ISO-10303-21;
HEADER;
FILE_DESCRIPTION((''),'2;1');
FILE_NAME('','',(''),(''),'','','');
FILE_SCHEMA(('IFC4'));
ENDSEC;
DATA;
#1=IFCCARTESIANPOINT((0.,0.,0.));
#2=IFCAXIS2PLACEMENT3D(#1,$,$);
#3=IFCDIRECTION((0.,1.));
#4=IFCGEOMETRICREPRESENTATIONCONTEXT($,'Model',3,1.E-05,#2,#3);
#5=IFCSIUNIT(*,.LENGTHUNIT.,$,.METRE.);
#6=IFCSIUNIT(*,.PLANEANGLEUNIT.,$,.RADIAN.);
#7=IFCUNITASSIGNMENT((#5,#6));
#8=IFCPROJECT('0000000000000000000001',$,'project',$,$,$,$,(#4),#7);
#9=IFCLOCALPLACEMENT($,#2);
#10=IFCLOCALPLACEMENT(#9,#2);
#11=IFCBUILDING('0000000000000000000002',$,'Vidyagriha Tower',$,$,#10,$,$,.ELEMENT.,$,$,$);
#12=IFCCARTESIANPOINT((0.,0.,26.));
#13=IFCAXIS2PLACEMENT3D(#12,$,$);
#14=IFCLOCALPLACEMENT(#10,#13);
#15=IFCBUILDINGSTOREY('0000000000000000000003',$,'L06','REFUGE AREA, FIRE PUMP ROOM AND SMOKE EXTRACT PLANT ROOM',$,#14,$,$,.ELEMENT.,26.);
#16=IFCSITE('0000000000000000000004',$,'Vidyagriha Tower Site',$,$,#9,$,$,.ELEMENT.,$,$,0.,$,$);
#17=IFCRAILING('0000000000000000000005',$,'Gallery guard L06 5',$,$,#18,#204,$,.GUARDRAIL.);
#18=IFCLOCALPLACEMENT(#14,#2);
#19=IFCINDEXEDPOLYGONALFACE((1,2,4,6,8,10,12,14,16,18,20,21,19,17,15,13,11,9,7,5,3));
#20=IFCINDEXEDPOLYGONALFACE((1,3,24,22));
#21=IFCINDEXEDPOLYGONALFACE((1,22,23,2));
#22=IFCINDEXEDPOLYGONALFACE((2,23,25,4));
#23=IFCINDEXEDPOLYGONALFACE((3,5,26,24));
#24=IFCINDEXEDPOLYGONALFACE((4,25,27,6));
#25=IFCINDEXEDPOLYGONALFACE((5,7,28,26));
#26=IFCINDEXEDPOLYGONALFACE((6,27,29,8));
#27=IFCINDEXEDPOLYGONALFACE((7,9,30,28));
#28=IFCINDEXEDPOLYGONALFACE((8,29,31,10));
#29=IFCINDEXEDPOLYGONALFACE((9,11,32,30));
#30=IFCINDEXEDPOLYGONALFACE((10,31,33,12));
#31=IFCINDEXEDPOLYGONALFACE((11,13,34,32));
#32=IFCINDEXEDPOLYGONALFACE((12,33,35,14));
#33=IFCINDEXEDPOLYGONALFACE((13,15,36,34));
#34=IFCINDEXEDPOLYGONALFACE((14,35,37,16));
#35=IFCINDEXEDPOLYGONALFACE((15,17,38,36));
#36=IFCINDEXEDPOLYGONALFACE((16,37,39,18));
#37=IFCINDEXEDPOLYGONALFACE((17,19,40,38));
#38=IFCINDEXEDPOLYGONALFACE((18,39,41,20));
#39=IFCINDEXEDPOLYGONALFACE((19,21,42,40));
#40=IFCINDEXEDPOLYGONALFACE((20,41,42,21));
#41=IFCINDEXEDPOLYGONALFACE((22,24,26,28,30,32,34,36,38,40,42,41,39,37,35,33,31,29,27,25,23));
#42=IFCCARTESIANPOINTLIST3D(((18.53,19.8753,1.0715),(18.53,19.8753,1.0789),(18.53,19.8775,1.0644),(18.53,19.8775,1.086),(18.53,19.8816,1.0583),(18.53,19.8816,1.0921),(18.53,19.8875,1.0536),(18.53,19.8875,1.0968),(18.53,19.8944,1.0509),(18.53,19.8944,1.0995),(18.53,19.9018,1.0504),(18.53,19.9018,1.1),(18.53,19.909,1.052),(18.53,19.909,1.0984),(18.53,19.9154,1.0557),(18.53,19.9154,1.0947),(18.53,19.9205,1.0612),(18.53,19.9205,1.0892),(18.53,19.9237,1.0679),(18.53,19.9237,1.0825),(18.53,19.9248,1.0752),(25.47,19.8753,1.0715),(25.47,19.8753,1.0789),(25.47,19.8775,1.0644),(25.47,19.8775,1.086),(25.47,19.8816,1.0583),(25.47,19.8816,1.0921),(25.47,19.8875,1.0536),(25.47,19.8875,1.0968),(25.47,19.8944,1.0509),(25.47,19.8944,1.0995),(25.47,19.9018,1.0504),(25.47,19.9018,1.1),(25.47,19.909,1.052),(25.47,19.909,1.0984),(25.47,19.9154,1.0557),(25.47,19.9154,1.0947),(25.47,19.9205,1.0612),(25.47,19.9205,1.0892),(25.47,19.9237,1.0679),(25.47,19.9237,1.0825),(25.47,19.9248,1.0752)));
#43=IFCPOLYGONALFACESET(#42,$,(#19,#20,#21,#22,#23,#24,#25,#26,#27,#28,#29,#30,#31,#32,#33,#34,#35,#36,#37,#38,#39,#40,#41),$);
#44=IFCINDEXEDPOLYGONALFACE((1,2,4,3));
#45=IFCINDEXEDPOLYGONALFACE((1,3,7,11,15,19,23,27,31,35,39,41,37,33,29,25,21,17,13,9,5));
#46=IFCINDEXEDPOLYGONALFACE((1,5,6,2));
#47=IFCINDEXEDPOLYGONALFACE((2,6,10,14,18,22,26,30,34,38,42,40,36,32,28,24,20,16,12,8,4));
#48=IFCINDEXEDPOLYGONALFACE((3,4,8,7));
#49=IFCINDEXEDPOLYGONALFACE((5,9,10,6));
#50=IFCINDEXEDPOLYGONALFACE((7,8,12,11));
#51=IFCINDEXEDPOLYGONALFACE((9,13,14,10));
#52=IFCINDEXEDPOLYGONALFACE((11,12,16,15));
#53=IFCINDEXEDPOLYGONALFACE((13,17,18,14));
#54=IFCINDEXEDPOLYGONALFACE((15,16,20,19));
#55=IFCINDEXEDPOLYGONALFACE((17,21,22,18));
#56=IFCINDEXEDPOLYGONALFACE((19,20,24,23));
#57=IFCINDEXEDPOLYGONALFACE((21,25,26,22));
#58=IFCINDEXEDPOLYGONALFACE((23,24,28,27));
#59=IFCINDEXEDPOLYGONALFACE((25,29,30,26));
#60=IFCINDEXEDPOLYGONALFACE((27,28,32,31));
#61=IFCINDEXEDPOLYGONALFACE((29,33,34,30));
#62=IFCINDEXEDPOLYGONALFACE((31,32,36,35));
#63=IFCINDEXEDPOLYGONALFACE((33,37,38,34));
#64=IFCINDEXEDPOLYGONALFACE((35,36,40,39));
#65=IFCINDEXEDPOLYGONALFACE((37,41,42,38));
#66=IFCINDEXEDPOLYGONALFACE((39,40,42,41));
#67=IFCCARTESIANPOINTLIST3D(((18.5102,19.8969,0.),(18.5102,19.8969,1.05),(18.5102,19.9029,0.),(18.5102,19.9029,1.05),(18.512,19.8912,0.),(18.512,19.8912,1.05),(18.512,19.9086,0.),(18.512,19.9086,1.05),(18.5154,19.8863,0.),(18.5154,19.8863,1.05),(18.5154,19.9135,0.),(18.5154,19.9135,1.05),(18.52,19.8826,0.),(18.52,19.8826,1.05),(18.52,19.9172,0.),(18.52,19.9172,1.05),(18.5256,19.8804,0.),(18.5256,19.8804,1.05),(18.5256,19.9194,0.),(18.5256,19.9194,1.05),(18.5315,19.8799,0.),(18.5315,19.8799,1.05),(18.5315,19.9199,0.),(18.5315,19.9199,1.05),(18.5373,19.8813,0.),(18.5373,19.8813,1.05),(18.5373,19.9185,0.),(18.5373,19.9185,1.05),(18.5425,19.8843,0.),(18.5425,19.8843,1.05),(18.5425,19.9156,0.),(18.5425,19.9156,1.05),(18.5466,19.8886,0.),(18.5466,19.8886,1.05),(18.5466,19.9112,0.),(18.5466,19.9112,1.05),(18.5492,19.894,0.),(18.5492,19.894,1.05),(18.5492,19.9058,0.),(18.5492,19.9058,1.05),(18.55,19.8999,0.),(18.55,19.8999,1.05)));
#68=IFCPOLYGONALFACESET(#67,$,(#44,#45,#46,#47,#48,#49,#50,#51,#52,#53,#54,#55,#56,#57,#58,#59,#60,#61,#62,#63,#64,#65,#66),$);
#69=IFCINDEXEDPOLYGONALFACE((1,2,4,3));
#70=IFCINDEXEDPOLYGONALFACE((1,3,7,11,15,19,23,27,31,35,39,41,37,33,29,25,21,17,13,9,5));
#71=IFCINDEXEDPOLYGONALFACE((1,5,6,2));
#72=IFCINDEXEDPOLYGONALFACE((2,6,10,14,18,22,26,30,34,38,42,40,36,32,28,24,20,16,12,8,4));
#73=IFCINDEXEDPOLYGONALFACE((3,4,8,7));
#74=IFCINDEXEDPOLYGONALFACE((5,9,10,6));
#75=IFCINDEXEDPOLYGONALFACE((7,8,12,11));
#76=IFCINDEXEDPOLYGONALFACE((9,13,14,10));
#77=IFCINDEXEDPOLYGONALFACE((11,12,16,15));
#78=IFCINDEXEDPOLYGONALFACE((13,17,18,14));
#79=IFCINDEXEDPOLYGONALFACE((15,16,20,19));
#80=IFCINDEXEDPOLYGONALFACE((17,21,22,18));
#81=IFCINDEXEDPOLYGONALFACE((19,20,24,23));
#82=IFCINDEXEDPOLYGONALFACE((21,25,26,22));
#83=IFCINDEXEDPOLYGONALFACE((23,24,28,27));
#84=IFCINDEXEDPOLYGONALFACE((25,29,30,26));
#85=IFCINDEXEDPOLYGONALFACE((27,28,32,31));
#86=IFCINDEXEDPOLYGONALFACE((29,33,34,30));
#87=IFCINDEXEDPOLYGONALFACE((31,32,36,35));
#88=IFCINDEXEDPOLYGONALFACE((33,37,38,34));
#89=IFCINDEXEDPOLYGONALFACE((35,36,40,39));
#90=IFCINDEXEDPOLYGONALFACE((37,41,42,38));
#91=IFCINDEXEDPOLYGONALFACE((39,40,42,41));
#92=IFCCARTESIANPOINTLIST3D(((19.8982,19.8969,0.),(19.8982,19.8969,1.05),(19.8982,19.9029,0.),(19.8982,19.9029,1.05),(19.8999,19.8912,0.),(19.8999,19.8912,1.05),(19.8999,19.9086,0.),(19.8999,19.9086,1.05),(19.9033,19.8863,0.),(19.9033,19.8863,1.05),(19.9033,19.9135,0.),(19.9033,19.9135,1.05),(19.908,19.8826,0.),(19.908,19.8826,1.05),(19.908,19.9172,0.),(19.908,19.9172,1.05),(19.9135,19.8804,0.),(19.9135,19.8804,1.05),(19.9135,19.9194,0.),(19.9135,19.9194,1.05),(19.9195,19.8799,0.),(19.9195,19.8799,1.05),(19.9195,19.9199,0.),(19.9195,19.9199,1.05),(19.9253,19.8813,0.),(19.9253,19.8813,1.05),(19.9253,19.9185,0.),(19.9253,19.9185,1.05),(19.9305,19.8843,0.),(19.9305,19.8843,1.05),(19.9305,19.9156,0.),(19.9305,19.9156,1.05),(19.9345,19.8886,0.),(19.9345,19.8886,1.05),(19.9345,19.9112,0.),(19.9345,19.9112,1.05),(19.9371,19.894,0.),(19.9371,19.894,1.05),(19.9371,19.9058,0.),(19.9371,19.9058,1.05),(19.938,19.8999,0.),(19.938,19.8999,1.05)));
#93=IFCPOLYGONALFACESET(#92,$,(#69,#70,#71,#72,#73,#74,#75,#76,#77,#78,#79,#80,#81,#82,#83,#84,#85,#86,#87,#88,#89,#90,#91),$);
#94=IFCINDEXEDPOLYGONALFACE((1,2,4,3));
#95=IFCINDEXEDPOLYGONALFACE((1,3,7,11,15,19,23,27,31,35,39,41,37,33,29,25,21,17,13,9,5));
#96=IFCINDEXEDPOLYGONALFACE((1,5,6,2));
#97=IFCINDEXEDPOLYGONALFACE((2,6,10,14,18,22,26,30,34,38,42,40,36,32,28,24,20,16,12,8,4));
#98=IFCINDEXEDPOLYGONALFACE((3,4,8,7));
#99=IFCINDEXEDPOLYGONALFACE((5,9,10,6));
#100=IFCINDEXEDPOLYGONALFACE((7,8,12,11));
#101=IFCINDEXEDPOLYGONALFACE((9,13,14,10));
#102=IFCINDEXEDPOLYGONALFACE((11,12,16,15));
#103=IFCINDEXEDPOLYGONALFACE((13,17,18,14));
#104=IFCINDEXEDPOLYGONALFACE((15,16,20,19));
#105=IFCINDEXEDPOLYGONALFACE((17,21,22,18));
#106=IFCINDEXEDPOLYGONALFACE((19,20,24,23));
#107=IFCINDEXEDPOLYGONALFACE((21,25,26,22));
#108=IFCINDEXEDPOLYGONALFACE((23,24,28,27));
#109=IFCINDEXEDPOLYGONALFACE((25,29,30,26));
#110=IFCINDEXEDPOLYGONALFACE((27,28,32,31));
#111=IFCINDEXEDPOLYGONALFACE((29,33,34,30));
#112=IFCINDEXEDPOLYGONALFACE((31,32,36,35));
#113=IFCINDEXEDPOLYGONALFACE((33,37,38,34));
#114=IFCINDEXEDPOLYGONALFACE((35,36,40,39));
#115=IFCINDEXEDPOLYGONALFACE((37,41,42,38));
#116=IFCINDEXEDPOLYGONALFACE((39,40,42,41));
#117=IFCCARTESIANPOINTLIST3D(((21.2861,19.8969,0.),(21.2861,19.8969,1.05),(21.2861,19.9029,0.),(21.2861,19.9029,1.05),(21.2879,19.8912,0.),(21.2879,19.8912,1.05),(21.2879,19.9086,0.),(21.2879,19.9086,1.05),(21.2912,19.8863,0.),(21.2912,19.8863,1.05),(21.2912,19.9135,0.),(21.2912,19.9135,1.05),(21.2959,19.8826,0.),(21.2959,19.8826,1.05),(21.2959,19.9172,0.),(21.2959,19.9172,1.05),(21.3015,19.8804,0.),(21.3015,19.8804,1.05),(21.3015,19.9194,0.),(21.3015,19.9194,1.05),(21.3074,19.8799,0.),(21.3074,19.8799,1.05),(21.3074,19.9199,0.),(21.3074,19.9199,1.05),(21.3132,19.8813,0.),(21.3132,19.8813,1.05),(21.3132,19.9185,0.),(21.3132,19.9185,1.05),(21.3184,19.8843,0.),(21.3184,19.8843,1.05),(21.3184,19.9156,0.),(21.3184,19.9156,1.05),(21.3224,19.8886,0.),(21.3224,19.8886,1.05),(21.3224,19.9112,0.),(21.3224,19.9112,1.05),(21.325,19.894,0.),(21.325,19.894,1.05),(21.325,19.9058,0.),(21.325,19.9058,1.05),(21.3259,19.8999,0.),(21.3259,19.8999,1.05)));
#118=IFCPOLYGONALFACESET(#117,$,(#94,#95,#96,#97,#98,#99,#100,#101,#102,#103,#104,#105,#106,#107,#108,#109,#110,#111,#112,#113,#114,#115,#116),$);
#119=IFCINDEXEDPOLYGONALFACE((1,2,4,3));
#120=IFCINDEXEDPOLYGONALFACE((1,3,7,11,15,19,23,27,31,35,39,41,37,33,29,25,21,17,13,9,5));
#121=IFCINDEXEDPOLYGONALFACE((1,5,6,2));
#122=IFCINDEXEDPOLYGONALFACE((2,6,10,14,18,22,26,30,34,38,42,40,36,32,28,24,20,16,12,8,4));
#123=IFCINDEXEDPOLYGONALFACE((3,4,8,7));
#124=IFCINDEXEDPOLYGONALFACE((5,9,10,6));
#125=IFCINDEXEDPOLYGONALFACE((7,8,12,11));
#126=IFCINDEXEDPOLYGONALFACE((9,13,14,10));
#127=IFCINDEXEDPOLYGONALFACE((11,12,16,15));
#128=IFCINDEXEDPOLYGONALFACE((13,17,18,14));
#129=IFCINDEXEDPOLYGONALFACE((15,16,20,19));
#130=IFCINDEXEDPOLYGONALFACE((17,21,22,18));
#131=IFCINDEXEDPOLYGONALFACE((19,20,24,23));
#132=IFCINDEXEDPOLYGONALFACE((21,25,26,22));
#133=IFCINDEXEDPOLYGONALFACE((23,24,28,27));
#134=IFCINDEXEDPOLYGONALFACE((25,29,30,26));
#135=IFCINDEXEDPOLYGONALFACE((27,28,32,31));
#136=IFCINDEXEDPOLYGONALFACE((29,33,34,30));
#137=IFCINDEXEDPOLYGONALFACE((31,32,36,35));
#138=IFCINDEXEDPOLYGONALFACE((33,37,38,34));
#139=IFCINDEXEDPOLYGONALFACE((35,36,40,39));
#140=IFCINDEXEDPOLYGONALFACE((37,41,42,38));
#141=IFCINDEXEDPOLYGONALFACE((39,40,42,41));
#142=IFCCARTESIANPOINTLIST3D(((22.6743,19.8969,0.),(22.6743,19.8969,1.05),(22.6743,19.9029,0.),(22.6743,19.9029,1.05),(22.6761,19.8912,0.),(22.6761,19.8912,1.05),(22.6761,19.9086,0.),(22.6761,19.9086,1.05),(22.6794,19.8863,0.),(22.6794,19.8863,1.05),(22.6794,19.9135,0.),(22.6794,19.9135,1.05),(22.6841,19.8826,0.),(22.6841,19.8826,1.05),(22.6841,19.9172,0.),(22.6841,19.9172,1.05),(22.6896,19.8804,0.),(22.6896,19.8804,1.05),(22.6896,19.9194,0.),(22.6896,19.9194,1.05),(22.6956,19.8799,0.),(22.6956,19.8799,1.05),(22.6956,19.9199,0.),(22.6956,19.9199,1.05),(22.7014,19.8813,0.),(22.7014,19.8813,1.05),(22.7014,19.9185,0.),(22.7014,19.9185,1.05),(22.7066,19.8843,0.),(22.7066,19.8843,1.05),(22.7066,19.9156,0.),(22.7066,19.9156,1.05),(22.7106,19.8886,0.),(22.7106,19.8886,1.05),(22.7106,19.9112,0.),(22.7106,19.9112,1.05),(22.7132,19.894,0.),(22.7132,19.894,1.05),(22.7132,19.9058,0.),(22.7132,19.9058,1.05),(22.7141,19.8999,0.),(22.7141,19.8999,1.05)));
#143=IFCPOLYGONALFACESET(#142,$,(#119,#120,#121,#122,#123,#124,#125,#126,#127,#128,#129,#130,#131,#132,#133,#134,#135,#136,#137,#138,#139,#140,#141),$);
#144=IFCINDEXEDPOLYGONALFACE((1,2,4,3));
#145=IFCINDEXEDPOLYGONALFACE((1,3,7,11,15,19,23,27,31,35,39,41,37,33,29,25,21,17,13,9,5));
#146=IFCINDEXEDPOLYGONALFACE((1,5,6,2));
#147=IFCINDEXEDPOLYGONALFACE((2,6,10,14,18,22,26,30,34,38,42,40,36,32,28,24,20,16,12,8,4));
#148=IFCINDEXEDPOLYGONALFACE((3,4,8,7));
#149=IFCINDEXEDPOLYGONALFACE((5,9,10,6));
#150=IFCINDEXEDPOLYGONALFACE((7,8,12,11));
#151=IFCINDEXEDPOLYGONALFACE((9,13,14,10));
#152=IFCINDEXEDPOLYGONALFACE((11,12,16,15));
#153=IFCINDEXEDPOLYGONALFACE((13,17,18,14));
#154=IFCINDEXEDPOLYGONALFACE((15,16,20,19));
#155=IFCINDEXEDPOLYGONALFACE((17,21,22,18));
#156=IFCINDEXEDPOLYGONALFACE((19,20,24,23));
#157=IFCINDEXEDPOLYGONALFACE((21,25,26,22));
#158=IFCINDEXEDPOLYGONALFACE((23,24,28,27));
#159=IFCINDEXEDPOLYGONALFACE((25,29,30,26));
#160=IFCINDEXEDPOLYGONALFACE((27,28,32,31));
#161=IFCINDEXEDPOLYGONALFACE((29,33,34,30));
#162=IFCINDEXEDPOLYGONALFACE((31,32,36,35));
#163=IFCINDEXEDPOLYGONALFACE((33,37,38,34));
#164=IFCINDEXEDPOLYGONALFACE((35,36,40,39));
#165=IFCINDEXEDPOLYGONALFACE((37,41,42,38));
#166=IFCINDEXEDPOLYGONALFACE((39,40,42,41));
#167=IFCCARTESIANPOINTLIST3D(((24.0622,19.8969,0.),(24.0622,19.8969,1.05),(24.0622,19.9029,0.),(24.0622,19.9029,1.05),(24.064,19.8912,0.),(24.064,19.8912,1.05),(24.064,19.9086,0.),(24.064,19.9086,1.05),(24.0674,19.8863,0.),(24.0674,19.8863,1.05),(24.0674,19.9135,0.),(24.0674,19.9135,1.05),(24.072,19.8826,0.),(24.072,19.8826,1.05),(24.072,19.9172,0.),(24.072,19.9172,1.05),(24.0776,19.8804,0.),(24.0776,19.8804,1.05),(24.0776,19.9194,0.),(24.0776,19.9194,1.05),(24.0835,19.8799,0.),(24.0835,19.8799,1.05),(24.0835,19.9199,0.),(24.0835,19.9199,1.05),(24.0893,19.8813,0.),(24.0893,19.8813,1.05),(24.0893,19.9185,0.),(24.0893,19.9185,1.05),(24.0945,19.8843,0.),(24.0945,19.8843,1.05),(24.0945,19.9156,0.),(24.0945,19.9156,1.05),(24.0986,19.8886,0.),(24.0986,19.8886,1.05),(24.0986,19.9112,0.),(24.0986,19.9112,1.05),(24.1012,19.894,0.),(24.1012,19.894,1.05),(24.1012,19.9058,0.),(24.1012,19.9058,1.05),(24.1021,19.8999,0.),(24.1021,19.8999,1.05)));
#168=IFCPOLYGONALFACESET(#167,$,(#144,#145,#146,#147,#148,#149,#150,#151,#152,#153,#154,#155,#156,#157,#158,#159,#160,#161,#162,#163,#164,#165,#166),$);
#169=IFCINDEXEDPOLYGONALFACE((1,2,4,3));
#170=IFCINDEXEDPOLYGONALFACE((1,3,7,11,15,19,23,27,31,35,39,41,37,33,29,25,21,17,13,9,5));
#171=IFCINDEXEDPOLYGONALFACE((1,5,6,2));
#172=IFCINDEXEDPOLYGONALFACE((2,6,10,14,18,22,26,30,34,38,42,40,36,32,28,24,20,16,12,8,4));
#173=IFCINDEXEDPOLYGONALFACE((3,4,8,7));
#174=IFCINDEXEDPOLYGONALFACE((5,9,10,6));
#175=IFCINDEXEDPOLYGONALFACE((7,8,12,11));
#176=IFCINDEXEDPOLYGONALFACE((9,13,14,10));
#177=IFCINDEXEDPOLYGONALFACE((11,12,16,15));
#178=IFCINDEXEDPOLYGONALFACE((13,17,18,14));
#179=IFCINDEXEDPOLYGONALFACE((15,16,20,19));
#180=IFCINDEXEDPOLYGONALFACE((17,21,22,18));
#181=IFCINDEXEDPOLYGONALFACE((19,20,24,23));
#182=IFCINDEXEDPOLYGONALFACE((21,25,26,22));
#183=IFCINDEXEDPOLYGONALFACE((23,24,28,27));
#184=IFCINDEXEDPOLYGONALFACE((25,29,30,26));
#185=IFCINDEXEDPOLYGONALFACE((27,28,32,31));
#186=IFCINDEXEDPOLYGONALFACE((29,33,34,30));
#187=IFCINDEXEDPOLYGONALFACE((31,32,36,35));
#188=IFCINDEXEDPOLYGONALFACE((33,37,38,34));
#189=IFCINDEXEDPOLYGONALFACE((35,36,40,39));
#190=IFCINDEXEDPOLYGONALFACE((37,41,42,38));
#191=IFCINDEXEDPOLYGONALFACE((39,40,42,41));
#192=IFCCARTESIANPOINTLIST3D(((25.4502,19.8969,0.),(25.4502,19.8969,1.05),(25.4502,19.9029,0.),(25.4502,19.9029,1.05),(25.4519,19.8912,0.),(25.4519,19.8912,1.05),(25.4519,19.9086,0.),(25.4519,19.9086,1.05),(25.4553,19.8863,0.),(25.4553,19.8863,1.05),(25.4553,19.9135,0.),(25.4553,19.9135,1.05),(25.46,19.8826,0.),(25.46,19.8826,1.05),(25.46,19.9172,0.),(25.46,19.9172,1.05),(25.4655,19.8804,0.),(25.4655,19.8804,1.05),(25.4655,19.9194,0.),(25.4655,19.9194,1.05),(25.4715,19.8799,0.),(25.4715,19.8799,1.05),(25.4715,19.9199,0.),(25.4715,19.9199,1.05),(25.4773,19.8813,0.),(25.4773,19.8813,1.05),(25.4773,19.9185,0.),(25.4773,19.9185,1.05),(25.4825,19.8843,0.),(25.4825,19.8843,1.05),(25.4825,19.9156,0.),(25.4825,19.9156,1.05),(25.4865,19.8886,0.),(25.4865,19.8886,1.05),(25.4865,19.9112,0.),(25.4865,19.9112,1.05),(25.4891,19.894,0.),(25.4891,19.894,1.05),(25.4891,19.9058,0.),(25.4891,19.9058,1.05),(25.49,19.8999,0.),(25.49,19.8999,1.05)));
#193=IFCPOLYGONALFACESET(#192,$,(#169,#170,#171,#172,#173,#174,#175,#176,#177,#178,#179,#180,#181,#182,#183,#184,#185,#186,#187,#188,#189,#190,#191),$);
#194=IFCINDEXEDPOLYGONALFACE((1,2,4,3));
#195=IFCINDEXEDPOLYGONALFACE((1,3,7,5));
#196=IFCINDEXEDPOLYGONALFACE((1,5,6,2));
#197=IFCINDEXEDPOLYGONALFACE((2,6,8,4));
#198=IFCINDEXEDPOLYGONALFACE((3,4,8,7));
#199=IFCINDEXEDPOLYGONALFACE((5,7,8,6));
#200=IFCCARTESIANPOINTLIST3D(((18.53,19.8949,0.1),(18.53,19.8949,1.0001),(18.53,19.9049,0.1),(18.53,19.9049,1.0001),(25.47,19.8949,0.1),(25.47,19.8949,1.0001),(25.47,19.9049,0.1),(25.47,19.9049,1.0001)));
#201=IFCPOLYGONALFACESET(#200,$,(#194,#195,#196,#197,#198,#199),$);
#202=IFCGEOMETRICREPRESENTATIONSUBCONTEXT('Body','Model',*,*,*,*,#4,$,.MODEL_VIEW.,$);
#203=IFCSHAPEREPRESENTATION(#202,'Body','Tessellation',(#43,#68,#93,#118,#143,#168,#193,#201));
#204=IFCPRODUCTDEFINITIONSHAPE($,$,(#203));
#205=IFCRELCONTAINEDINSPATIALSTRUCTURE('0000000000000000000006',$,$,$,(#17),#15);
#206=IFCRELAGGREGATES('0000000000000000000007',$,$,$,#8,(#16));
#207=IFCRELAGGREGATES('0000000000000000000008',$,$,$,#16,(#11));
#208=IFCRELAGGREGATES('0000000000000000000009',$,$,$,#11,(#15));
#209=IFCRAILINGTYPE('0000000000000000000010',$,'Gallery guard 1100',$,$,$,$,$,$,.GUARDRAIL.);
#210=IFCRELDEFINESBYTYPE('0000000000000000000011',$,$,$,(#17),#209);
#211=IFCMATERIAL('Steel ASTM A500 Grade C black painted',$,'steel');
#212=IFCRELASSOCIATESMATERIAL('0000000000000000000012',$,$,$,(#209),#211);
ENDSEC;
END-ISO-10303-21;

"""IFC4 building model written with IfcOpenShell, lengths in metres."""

from ifc_helpers import new_model, si_unit, direction, frame, origin, origin_2d, place, context, subcontext, project, spatial, rectangle, circle, extrude, material, type_object, element, save


model = new_model("IFC4")

# Units and contexts
model_context = context("Model", 3, precision=1e-05, world=origin(), true_north=direction((0.0, 1.0)))
body_context = subcontext(model_context, "Body", "Model", "MODEL_VIEW")
ifc_project = project(units=[si_unit("LENGTHUNIT", "METRE"), si_unit("PLANEANGLEUNIT", "RADIAN")], contexts=[model_context])

# Site, building, storey
site_placement = place(None, origin())
site = spatial("IfcSite", under=ifc_project, at=site_placement, Name="Vidyagriha Tower Site", CompositionType="ELEMENT", RefElevation=0.0)
building_placement = place(site_placement, origin())
building = spatial("IfcBuilding", under=site, at=building_placement, Name="Vidyagriha Tower", CompositionType="ELEMENT")
storey_placement = place(building_placement, frame((0.0, 0.0, 26.0)))
storey = spatial("IfcBuildingStorey", under=building, at=storey_placement, Name="L06", Description="REFUGE AREA, FIRE PUMP ROOM AND SMOKE EXTRACT PLANT ROOM", CompositionType="ELEMENT", Elevation=26.0)

# Railing
ifc_material_1 = material(Name="Steel ASTM A500 Grade C black painted", Category="steel")
railing_type_1 = type_object("IfcRailingType", Name="Gallery guard 1100", PredefinedType="GUARDRAIL", material=ifc_material_1)
railing_1_placement = place(storey_placement, frame((18.53, 19.8999, 0.0)))
element("IfcRailing", 1, at=railing_1_placement, inside=storey, type_object=railing_type_1, Name="Gallery guard L06 5", PredefinedType="GUARDRAIL", context=body_context, shape_type="SweptSolid", body=[
    extrude(circle(Radius=0.0249, at=origin_2d()), frame((0.0, 0.0, 1.0752), z_axis=(1.0, 0.0, 0.0), x_axis=(0.0, 1.0, 0.0)), (0.0, 0.0, 1.0), 6.9399),
    extrude(circle(Radius=0.02, at=origin_2d()), origin(), (0.0, 0.0, 1.0), 1.05),
    extrude(circle(Radius=0.02, at=origin_2d()), frame((1.3879, 0.0, 0.0)), (0.0, 0.0, 1.0), 1.05),
    extrude(circle(Radius=0.02, at=origin_2d()), frame((2.7759, 0.0, 0.0)), (0.0, 0.0, 1.0), 1.05),
    extrude(circle(Radius=0.02, at=origin_2d()), frame((4.1641, 0.0, 0.0)), (0.0, 0.0, 1.0), 1.05),
    extrude(circle(Radius=0.02, at=origin_2d()), frame((5.552, 0.0, 0.0)), (0.0, 0.0, 1.0), 1.05),
    extrude(circle(Radius=0.02, at=origin_2d()), frame((6.9399, 0.0, 0.0)), (0.0, 0.0, 1.0), 1.05),
    extrude(rectangle(XDim=0.01, YDim=0.9001, at=origin_2d()), frame((0.0, 0.0, 0.55), z_axis=(1.0, 0.0, 0.0), x_axis=(0.0, 1.0, 0.0)), (0.0, 0.0, 1.0), 6.9399),
])

save(model, "model.ifc")
